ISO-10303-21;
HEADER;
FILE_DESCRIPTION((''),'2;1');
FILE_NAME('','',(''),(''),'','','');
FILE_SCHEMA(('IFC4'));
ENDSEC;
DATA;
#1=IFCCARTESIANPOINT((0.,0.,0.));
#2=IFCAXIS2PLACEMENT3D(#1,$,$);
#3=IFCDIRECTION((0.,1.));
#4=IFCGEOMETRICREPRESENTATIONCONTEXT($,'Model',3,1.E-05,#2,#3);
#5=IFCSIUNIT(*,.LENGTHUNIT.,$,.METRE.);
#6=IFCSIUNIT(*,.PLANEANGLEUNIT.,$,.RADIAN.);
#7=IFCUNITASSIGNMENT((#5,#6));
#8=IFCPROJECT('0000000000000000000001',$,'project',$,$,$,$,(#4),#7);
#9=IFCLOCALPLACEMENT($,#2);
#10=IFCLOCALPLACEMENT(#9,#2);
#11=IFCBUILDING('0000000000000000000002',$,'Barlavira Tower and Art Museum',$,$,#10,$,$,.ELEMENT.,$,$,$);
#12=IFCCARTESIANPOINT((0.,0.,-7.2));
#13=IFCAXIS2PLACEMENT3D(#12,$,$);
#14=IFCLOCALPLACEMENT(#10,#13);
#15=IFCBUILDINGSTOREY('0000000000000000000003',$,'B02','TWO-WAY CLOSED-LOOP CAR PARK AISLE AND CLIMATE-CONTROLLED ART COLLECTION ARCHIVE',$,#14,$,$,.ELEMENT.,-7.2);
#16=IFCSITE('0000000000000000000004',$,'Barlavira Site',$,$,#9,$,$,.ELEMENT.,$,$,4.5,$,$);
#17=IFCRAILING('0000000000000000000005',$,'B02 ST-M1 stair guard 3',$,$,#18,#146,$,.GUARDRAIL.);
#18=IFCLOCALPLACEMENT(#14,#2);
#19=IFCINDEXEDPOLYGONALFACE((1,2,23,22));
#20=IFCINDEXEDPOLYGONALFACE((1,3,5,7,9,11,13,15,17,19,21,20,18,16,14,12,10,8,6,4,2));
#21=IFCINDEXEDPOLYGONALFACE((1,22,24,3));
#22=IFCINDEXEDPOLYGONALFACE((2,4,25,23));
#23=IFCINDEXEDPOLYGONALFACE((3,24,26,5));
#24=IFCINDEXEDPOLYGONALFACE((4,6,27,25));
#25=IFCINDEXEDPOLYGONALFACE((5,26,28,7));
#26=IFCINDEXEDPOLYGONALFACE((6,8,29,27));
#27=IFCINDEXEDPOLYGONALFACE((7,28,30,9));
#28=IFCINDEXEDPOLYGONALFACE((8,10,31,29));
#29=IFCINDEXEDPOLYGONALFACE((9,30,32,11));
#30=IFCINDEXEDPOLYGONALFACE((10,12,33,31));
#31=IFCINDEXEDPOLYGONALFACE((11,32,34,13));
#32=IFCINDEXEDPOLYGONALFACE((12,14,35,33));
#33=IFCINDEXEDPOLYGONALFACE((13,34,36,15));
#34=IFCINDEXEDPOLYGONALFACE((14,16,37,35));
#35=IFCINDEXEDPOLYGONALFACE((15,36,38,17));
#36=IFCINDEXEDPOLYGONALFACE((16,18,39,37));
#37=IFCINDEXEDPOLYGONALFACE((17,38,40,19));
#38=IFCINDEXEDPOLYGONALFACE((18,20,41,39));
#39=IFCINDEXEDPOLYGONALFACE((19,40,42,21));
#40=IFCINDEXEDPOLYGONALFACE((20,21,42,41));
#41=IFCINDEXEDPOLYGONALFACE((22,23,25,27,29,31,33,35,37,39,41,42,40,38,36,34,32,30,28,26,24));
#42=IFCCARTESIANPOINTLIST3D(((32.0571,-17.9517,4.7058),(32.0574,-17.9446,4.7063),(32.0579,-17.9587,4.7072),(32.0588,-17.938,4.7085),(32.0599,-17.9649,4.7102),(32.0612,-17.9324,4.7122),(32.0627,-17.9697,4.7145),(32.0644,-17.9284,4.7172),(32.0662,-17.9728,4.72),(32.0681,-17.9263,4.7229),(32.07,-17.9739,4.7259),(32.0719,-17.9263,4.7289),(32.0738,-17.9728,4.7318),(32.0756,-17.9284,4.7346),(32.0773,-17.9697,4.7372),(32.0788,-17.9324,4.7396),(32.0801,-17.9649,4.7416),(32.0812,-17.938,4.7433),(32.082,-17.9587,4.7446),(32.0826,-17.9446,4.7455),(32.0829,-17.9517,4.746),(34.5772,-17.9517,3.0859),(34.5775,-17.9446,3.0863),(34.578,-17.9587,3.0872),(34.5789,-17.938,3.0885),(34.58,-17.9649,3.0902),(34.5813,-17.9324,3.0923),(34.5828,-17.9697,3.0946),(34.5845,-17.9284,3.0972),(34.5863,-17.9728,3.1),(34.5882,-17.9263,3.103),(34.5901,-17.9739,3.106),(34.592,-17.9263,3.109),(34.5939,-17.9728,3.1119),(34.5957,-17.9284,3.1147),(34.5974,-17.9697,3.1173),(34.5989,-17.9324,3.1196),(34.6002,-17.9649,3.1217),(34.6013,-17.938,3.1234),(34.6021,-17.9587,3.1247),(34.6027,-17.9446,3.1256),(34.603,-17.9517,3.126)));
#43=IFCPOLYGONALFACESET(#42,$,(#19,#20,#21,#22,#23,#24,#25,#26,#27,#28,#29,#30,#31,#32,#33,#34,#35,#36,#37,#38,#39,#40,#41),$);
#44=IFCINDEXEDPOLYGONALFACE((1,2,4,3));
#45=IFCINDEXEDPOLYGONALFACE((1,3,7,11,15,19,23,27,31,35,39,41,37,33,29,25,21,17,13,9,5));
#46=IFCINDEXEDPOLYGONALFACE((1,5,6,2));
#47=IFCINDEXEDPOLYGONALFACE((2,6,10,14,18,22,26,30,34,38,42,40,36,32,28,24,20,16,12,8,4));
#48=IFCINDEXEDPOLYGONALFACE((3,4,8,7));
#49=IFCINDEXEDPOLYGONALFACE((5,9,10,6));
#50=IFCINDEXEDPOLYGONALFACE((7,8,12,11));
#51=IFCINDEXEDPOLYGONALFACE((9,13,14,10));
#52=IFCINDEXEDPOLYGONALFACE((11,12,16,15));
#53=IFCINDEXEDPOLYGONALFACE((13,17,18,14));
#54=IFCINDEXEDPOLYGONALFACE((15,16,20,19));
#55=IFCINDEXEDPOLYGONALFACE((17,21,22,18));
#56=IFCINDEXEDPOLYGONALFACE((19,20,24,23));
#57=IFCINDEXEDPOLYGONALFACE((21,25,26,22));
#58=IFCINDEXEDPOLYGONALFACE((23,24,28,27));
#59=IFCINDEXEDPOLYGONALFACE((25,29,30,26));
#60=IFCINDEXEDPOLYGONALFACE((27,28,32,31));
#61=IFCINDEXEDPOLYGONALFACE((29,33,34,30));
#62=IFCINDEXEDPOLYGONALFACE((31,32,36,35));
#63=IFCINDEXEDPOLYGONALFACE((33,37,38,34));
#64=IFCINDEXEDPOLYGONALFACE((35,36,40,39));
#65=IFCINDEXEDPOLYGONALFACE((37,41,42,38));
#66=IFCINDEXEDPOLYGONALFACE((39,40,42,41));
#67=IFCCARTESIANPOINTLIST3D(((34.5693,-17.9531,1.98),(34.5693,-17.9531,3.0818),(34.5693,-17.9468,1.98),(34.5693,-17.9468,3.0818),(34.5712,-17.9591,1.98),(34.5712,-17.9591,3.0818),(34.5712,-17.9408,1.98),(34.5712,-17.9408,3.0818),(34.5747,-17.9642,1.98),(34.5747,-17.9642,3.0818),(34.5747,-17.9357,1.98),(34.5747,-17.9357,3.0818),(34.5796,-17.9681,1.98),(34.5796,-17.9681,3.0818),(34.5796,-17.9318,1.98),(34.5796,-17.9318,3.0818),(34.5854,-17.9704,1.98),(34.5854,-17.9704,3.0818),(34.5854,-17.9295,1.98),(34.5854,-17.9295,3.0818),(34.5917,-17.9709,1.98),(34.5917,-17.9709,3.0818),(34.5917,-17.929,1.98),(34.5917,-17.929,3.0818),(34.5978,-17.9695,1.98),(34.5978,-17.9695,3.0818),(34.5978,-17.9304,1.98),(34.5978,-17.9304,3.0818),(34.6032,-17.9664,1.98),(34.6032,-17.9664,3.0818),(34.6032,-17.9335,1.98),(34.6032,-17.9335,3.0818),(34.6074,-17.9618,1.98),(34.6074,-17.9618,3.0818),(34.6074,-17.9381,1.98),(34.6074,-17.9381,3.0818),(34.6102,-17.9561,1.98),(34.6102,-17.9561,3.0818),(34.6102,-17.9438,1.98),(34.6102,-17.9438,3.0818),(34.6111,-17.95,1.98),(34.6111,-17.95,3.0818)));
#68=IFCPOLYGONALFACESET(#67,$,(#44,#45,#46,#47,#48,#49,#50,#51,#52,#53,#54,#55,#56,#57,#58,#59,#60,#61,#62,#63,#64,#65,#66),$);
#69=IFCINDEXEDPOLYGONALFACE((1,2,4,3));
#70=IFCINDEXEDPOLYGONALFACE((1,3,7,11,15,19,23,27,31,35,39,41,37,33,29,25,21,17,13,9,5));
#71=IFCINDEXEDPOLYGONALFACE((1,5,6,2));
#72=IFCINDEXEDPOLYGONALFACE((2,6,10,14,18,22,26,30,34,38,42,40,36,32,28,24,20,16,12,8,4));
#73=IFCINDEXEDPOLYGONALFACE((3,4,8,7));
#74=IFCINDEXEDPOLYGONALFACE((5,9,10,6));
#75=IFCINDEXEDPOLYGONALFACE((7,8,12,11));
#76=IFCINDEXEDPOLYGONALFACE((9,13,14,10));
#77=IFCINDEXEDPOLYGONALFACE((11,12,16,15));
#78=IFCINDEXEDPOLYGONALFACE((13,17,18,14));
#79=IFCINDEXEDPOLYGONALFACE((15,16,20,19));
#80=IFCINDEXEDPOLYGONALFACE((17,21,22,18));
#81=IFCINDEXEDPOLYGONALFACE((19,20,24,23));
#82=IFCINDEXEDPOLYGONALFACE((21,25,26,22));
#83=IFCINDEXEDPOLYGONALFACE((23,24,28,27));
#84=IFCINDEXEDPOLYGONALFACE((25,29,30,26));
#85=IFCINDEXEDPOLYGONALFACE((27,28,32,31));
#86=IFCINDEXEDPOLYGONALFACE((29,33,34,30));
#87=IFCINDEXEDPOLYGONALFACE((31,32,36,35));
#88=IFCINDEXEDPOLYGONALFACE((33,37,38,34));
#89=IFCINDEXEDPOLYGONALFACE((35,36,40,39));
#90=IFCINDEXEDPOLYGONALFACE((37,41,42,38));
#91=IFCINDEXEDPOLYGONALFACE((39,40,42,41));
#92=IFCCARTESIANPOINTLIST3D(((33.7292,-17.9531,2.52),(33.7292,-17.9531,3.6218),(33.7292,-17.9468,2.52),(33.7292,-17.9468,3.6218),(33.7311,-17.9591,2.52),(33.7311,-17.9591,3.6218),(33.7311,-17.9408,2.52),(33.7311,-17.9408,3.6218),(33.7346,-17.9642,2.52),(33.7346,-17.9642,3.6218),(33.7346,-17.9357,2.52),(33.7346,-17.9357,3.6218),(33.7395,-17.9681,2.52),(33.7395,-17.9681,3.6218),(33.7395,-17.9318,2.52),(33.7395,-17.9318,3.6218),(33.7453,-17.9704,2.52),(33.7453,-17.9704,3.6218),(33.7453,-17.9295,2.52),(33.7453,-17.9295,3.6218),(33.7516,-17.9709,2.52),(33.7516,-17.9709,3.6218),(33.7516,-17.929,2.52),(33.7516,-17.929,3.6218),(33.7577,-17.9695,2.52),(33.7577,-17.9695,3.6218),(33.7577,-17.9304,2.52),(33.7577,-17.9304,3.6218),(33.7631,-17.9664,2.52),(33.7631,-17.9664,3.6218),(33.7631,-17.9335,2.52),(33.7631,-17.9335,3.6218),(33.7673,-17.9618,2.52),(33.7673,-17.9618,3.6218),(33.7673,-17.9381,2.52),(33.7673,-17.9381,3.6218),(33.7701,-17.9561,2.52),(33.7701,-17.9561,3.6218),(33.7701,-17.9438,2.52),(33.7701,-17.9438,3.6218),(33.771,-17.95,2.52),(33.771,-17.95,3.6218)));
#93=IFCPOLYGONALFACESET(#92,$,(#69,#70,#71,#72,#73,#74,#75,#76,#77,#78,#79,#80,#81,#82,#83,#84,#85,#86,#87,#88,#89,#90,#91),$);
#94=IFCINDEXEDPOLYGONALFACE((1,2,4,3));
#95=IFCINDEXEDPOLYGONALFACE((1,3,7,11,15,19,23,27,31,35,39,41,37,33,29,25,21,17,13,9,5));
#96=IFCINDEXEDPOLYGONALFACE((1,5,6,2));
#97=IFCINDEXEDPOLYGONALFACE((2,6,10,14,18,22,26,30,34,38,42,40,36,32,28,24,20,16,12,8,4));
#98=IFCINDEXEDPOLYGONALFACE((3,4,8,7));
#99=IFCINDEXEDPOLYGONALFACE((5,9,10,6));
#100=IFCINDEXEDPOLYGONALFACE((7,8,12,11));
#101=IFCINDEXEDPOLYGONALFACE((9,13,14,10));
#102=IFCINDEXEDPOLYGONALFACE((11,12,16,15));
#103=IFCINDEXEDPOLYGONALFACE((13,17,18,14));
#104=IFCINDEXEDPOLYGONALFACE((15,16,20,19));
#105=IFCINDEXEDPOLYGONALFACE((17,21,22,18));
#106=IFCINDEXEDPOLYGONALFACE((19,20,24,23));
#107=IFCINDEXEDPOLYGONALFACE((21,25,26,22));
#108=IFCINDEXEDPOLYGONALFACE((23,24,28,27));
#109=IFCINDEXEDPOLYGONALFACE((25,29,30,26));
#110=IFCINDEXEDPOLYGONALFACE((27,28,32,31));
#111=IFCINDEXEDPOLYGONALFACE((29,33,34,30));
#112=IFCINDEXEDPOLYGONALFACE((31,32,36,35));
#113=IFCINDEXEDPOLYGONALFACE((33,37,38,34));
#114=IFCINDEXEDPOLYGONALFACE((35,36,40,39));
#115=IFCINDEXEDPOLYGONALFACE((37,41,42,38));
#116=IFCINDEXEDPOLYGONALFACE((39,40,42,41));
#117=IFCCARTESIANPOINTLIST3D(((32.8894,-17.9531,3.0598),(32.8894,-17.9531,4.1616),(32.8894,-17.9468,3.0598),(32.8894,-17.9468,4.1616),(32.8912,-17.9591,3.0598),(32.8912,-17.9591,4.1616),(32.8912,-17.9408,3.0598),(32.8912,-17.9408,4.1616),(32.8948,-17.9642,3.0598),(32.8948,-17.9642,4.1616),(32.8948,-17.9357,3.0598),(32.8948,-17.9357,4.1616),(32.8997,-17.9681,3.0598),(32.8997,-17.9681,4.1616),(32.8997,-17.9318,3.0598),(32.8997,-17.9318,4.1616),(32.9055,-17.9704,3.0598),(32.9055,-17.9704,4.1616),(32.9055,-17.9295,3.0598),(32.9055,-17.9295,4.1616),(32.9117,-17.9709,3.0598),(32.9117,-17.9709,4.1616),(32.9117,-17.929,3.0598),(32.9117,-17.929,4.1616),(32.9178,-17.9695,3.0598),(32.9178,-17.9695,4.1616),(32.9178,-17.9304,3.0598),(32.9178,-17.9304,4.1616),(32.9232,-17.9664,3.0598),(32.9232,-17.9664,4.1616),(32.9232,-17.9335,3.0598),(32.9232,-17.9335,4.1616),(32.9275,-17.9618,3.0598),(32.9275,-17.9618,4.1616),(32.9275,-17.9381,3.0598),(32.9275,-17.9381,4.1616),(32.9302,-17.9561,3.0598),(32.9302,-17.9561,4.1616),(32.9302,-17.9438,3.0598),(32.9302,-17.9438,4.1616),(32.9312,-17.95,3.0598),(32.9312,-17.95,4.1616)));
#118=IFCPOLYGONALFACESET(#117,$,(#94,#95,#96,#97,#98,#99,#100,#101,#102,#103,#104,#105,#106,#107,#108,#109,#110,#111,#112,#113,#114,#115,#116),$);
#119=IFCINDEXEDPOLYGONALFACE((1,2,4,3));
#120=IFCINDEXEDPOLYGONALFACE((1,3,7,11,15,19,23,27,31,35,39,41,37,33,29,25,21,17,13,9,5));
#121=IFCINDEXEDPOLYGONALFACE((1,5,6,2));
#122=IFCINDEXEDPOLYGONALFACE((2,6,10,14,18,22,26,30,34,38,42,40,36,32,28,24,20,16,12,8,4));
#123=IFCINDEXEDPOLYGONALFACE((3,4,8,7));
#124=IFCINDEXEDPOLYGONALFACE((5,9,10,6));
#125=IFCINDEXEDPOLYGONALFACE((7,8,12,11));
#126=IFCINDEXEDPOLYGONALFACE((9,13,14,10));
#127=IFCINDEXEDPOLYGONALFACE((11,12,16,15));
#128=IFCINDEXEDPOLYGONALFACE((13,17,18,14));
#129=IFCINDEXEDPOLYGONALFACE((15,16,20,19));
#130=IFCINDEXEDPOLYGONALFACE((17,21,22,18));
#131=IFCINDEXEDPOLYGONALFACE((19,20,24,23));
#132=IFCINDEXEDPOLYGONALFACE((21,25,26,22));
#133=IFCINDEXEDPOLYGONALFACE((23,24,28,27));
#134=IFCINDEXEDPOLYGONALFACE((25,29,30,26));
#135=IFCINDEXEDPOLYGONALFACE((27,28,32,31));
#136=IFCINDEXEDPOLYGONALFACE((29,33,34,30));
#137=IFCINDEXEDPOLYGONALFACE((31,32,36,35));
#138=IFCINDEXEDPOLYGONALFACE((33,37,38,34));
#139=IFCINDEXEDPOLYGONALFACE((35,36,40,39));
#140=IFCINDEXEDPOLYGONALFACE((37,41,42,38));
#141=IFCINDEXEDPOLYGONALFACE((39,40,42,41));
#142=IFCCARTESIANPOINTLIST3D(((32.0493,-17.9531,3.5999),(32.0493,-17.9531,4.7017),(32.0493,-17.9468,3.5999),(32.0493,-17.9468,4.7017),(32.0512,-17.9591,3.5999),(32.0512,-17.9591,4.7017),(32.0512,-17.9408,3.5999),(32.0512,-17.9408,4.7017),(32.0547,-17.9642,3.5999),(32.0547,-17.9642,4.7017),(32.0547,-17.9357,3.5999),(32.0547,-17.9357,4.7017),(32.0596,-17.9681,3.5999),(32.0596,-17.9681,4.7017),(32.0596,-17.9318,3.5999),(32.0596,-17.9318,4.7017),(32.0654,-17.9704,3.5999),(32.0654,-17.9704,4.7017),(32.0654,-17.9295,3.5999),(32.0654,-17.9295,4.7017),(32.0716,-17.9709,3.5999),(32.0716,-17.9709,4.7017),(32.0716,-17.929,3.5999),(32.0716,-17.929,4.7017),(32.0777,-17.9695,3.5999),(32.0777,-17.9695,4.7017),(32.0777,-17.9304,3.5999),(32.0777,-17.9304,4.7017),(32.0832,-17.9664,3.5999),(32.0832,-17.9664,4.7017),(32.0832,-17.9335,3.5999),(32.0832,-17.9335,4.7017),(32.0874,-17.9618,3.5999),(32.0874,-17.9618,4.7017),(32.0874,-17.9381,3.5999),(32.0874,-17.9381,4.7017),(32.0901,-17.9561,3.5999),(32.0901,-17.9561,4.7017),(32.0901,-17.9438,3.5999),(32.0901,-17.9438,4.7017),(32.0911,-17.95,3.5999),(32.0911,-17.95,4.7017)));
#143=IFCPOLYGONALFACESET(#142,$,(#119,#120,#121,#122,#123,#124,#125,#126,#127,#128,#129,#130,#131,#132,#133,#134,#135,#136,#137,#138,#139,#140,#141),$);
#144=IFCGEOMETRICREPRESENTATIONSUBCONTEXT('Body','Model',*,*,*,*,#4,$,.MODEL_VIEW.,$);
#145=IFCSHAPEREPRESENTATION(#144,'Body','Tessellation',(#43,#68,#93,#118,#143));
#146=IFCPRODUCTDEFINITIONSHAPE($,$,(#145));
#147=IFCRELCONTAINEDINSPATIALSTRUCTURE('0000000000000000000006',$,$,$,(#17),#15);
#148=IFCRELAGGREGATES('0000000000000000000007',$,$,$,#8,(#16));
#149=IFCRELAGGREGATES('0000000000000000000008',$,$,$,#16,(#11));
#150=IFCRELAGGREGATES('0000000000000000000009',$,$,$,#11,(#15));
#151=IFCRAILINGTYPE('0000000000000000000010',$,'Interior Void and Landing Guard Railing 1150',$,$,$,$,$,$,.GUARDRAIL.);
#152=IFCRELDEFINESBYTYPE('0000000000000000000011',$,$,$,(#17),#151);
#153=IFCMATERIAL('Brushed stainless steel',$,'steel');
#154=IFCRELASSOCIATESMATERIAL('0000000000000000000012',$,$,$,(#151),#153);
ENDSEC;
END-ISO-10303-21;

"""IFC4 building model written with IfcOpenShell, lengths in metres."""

from ifc_helpers import new_model, si_unit, direction, frame, origin, origin_2d, place, context, subcontext, project, spatial, circle, extrude, material, type_object, element, save


model = new_model("IFC4")

# Units and contexts
model_context = context("Model", 3, precision=1e-05, world=origin(), true_north=direction((0.0, 1.0)))
body_context = subcontext(model_context, "Body", "Model", "MODEL_VIEW")
ifc_project = project(units=[si_unit("LENGTHUNIT", "METRE"), si_unit("PLANEANGLEUNIT", "RADIAN")], contexts=[model_context])

# Site, building, storey
site_placement = place(None, origin())
site = spatial("IfcSite", under=ifc_project, at=site_placement, Name="Barlavira Site", CompositionType="ELEMENT", RefElevation=4.5)
building_placement = place(site_placement, origin())
building = spatial("IfcBuilding", under=site, at=building_placement, Name="Barlavira Tower and Art Museum", CompositionType="ELEMENT")
storey_placement = place(building_placement, frame((0.0, 0.0, -7.2)))
storey = spatial("IfcBuildingStorey", under=building, at=storey_placement, Name="B02", Description="TWO-WAY CLOSED-LOOP CAR PARK AISLE AND CLIMATE-CONTROLLED ART COLLECTION ARCHIVE", CompositionType="ELEMENT", Elevation=-7.2)

# Shared definitions
ifc_material_1 = material(Name="Brushed stainless steel", Category="steel")

# Railing
railing_type_1 = type_object("IfcRailingType", Name="Interior Void and Landing Guard Railing 1150", PredefinedType="GUARDRAIL", material=ifc_material_1)
railing_1_placement = place(storey_placement, frame((34.5901, -17.95, 1.98)))
element("IfcRailing", 1, at=railing_1_placement, inside=storey, type_object=railing_type_1, Name="B02 ST-M1 stair guard 3", PredefinedType="GUARDRAIL", context=body_context, shape_type="SweptSolid", body=[
    extrude(circle(Radius=0.0239, at=origin_2d()), frame((0.0, 0.0, 1.126), z_axis=(-0.8412, 0.0, 0.540725), x_axis=(0.0, -1.0, 0.0)), (0.0, 0.0, 1.0), 2.9958),
    extrude(circle(Radius=0.021, at=origin_2d()), origin(), (0.0, 0.0, 1.0), 1.1018),
    extrude(circle(Radius=0.021, at=origin_2d()), frame((-0.8401, 0.0, 0.54)), (0.0, 0.0, 1.0), 1.1018),
    extrude(circle(Radius=0.021, at=origin_2d()), frame((-1.6799, 0.0, 1.0798)), (0.0, 0.0, 1.0), 1.1018),
    extrude(circle(Radius=0.021, at=origin_2d()), frame((-2.52, 0.0, 1.6199)), (0.0, 0.0, 1.0), 1.1018),
])

save(model, "model.ifc")
